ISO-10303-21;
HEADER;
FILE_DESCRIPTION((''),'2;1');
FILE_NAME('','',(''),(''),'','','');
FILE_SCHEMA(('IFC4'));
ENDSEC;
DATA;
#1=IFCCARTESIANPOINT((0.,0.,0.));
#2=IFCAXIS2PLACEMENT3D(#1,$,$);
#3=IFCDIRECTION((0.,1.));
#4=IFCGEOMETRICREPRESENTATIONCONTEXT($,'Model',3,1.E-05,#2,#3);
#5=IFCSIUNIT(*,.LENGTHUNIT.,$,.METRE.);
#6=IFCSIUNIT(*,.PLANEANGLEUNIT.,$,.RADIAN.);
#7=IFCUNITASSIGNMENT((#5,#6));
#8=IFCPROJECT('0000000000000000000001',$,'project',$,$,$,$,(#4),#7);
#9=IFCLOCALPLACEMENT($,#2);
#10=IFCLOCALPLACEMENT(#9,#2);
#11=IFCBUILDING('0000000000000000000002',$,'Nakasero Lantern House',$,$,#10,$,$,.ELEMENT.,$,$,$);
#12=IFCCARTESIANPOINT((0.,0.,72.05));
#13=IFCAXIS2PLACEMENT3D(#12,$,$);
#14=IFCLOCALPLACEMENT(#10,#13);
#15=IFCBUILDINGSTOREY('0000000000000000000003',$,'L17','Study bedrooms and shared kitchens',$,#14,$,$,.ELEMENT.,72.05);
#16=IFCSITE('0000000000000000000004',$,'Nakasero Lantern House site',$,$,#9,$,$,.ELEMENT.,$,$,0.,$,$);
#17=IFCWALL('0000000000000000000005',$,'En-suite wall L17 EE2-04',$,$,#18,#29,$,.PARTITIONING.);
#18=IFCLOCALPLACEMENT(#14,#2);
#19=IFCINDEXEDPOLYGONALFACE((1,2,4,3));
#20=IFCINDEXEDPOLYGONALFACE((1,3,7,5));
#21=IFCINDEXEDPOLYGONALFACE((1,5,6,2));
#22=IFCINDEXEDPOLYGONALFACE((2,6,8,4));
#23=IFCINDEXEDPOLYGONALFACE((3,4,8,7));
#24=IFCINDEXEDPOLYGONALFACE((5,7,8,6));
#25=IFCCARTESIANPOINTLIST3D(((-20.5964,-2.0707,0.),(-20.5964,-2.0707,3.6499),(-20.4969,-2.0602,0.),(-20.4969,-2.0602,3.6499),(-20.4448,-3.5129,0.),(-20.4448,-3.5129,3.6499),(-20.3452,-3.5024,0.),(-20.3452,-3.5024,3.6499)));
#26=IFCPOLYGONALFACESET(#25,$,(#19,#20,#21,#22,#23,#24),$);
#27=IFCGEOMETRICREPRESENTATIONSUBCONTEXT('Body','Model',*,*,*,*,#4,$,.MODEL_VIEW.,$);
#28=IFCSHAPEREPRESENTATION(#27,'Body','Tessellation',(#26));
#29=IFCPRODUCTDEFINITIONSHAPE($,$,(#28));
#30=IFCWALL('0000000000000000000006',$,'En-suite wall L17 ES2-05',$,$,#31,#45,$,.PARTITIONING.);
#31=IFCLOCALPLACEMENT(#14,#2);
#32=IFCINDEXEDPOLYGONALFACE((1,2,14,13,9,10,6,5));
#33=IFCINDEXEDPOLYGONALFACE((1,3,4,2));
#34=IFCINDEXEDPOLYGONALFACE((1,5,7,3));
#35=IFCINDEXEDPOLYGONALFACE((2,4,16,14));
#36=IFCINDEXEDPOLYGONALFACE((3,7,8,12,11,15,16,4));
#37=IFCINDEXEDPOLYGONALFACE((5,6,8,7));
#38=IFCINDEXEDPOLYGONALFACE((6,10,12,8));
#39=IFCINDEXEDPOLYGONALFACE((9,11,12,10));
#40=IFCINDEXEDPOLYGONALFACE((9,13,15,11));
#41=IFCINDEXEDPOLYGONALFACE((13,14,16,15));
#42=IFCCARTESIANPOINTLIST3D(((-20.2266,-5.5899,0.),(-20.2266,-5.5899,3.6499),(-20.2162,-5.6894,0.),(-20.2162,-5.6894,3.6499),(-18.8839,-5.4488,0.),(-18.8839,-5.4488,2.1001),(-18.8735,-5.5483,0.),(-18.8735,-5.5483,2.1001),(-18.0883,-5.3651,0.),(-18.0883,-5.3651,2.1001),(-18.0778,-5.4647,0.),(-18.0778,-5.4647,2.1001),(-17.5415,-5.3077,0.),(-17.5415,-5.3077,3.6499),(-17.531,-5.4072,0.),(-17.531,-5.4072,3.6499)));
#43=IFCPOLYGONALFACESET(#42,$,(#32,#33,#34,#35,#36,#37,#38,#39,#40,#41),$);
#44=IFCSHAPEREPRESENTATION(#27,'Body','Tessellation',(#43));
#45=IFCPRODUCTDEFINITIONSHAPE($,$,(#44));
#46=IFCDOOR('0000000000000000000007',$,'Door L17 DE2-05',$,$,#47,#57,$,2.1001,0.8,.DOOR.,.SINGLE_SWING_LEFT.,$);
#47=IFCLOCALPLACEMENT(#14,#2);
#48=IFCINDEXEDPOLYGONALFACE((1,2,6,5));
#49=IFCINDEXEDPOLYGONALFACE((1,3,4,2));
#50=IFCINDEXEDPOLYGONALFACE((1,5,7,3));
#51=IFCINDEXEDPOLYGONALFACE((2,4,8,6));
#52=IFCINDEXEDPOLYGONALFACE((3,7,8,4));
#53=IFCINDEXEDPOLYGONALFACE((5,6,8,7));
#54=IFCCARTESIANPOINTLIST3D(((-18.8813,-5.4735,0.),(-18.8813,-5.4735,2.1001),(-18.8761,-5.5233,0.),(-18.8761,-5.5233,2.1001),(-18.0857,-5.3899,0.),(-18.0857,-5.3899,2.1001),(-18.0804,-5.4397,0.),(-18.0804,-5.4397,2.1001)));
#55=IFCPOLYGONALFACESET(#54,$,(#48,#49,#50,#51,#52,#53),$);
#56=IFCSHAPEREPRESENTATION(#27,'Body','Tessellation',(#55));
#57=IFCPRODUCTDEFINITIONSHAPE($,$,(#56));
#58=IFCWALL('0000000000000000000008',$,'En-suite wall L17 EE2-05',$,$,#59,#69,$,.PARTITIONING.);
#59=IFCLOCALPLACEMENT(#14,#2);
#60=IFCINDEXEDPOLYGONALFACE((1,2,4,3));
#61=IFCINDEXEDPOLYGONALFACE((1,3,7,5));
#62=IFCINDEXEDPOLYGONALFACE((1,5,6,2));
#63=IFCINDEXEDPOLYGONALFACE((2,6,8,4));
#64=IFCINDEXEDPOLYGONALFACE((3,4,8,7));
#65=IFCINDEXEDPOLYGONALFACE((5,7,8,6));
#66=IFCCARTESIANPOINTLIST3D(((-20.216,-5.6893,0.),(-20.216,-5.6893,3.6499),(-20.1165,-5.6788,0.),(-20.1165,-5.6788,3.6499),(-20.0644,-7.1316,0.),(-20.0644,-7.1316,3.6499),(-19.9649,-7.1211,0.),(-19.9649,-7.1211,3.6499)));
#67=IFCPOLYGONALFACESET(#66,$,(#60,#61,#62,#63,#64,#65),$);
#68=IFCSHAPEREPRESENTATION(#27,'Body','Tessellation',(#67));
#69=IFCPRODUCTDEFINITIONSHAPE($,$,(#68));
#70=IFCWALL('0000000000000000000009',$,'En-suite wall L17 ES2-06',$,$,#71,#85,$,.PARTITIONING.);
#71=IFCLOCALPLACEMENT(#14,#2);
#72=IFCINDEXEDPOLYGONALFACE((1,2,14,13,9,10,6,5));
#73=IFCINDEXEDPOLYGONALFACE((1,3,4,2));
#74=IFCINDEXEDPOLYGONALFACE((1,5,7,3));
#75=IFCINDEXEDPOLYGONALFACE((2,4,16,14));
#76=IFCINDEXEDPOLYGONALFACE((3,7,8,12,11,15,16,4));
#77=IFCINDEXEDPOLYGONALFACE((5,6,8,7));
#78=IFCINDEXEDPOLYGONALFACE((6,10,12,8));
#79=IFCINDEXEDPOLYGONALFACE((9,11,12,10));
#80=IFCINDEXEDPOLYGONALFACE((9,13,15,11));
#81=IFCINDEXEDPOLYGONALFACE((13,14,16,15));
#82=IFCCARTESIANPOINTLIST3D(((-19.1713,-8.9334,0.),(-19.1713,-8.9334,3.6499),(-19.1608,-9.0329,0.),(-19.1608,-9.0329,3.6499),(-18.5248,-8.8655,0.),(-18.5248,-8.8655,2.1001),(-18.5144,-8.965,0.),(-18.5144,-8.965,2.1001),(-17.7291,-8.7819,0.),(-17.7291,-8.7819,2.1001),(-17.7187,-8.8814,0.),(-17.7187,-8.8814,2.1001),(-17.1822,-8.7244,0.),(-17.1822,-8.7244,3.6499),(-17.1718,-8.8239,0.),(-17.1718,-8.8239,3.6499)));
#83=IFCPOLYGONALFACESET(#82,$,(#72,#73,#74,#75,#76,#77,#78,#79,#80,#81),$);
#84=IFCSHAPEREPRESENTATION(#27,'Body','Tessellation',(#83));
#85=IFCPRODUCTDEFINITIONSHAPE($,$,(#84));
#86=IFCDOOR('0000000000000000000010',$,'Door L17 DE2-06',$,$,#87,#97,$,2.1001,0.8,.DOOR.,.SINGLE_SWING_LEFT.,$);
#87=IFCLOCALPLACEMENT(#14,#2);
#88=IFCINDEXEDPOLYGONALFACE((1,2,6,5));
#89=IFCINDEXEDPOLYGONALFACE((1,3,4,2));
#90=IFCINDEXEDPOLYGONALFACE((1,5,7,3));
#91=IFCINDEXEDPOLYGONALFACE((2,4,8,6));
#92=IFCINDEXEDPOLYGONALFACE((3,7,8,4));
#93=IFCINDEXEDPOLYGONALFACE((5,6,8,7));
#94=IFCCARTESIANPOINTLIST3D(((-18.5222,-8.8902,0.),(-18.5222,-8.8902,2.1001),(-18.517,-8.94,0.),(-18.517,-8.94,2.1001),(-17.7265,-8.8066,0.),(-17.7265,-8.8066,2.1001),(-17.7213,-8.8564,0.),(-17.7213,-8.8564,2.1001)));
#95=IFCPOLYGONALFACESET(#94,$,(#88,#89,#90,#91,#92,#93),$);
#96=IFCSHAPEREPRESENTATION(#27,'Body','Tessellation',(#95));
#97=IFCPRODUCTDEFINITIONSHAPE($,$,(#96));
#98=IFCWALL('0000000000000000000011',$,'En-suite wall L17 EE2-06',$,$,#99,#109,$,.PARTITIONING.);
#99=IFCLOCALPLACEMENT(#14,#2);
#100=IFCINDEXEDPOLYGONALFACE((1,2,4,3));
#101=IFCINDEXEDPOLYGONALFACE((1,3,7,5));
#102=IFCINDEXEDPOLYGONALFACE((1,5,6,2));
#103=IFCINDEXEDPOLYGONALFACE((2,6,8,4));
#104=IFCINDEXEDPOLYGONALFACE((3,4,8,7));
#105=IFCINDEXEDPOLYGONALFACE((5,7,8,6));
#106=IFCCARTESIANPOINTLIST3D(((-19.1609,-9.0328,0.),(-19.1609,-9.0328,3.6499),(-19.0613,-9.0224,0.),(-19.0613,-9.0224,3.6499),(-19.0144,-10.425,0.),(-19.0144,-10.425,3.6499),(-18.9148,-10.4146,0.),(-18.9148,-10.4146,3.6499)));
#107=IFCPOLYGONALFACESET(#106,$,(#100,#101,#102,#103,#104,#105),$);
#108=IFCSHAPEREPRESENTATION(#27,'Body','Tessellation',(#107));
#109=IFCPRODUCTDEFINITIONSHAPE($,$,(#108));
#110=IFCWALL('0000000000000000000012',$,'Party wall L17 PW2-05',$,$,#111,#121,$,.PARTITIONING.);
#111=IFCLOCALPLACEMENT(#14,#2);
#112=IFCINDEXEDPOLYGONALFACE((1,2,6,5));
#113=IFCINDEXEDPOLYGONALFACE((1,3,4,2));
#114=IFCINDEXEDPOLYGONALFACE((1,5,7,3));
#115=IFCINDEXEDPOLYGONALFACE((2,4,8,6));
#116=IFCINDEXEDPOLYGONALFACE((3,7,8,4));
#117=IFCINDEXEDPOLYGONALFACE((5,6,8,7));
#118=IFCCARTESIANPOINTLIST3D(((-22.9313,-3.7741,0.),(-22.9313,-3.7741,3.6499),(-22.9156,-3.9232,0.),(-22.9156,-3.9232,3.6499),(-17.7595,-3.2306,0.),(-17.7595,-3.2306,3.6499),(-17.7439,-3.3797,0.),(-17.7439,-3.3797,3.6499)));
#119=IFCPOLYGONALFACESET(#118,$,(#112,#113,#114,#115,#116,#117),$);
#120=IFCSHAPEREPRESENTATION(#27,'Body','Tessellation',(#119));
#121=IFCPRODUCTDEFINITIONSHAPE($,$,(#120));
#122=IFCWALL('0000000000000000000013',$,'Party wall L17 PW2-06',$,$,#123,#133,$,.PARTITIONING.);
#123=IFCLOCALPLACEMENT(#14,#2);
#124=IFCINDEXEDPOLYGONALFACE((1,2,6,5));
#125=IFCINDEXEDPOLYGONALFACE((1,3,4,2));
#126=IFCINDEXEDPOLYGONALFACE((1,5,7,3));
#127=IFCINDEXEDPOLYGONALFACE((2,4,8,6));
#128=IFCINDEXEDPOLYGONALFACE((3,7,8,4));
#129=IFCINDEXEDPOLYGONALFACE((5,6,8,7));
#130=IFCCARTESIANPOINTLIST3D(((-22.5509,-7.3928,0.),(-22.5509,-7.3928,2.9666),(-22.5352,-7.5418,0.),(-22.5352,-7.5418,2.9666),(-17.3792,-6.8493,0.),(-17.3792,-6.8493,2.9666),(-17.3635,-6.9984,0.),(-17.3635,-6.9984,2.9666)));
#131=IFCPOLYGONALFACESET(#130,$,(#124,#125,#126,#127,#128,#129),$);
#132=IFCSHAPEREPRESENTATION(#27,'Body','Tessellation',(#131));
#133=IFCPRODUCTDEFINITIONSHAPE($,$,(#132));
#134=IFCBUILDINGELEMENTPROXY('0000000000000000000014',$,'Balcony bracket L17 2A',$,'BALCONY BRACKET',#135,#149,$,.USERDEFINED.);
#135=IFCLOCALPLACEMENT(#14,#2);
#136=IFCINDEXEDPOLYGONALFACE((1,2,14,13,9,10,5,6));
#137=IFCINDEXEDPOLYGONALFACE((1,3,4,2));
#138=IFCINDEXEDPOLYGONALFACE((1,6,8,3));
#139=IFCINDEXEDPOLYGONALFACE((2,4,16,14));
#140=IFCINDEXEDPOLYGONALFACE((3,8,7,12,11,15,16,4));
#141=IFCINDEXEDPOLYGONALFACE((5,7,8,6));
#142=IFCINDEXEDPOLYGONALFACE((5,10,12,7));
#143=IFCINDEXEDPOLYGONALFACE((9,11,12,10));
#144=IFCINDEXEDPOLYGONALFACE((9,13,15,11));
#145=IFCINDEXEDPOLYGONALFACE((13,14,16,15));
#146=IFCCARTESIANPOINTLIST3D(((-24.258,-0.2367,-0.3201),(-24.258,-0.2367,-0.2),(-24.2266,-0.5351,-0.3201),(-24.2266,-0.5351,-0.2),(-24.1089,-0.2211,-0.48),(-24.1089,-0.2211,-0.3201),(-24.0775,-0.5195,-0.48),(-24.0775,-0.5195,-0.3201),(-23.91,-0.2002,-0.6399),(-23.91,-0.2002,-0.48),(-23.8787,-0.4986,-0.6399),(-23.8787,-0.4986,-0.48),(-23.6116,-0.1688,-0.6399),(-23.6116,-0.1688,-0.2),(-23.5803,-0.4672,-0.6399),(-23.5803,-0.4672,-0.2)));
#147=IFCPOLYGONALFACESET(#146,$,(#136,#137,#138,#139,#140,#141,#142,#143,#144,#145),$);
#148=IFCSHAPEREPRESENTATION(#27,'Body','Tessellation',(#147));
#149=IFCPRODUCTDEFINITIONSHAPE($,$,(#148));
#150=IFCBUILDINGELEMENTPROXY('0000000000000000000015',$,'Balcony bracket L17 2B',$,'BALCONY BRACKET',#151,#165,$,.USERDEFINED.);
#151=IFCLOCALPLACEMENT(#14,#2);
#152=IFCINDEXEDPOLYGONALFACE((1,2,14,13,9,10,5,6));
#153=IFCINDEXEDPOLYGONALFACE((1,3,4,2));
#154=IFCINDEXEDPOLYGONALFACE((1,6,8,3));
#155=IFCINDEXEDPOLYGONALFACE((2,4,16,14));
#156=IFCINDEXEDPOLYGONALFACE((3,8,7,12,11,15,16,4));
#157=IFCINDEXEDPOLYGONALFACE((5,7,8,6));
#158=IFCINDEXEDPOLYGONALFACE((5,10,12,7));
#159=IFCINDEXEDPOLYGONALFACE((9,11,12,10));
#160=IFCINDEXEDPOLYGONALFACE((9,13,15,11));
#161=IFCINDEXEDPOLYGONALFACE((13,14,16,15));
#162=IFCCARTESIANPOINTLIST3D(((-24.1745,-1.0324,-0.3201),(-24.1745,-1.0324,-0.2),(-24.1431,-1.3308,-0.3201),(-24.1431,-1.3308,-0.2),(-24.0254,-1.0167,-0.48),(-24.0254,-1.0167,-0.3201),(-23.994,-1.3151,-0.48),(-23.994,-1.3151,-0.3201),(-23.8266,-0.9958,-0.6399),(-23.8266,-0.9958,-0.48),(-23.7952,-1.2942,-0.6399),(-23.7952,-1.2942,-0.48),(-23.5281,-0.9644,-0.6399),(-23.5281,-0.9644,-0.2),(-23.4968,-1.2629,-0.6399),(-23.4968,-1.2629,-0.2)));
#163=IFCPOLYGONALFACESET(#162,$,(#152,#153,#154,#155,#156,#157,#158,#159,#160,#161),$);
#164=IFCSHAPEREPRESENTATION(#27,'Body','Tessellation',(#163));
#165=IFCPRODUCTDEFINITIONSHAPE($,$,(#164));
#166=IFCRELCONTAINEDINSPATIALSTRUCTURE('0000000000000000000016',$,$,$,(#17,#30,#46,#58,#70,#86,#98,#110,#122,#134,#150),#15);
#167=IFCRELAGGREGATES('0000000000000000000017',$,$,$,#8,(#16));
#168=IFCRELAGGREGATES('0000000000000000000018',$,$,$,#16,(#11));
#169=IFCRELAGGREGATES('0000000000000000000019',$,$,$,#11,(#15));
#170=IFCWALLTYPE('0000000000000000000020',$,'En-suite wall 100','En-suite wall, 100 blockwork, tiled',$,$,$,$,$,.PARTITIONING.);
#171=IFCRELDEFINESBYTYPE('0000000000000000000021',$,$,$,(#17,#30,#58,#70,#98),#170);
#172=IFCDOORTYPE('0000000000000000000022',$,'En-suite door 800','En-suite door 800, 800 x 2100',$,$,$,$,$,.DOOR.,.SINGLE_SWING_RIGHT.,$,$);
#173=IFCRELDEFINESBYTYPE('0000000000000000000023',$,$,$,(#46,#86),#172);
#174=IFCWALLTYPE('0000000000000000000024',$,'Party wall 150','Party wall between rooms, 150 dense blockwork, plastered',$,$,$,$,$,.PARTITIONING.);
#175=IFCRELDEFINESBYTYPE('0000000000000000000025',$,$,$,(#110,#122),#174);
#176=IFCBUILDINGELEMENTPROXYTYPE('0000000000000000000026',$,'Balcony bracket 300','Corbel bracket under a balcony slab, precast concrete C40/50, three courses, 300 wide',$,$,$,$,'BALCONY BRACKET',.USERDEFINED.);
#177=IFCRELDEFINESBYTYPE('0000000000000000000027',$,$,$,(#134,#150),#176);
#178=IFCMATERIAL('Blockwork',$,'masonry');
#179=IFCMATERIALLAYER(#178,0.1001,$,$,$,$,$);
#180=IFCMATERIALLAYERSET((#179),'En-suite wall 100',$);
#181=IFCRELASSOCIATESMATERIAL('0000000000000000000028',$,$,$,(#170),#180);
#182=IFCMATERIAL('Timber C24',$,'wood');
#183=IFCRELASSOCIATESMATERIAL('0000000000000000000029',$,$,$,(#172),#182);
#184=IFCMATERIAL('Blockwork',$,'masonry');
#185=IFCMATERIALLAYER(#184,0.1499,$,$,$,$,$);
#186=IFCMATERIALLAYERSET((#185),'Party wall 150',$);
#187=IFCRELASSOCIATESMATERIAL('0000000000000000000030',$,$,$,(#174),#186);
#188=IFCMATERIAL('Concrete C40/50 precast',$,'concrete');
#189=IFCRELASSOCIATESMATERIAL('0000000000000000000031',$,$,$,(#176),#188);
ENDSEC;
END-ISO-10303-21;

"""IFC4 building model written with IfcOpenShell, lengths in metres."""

from ifc_helpers import new_model, si_unit, direction, frame, frame_2d, origin, place, context, subcontext, project, spatial, polyline, rectangle, outline, extrude, material, layer, layer_set, type_object, element, fill, save


model = new_model("IFC4")

# Units and contexts
model_context = context("Model", 3, precision=1e-05, world=origin(), true_north=direction((0.0, 1.0)))
body_context = subcontext(model_context, "Body", "Model", "MODEL_VIEW")
ifc_project = project(units=[si_unit("LENGTHUNIT", "METRE"), si_unit("PLANEANGLEUNIT", "RADIAN")], contexts=[model_context])

# Site, building, storey
site_placement = place(None, origin())
site = spatial("IfcSite", under=ifc_project, at=site_placement, Name="Nakasero Lantern House site", CompositionType="ELEMENT", RefElevation=0.0)
building_placement = place(site_placement, origin())
building = spatial("IfcBuilding", under=site, at=building_placement, Name="Nakasero Lantern House", CompositionType="ELEMENT")
storey_placement = place(building_placement, frame((0.0, 0.0, 72.05)))
storey = spatial("IfcBuildingStorey", under=building, at=storey_placement, Name="L17", Description="Study bedrooms and shared kitchens", CompositionType="ELEMENT", Elevation=72.05)

# Shared definitions
ifc_material_1 = material(Name="Blockwork", Category="masonry")
ifc_layer_1 = layer(ifc_material_1, 0.1001)
ifc_layer_set_1 = layer_set([ifc_layer_1], Name="En-suite wall 100")
wall_type_1 = type_object("IfcWallType", Name="En-suite wall 100", Description="En-suite wall, 100 blockwork, tiled", PredefinedType="PARTITIONING", material=ifc_layer_set_1)
ifc_material_2 = material(Name="Timber C24", Category="wood")
door_type = type_object("IfcDoorType", Name="En-suite door 800", Description="En-suite door 800, 800 x 2100", OperationType="SINGLE_SWING_RIGHT", PredefinedType="DOOR", material=ifc_material_2)

# Wall
wall_1_placement = place(storey_placement, frame((-20.5466, -2.0654, 0.0), z_axis=(0.0, 0.0, 1.0), x_axis=(0.104553, -0.994519, 0.0)))
element("IfcWall", 1, at=wall_1_placement, inside=storey, type_object=wall_type_1, Name="En-suite wall L17 EE2-04", PredefinedType="PARTITIONING", context=body_context, shape_type="SweptSolid", body=[
    extrude(rectangle(XDim=1.4502, YDim=0.1001, at=frame_2d((0.7251, 0.0))), origin(), (0.0, 0.0, 1.0), 3.6499),
])

# Wall, opening, door
wall_2_placement = place(storey_placement, frame((-17.5361, -5.3574, 0.0), z_axis=(0.0, 0.0, 1.0), x_axis=(-0.994521, -0.104534, 0.0)))
wall_2 = element("IfcWall", 2, at=wall_2_placement, inside=storey, type_object=wall_type_1, Name="En-suite wall L17 ES2-05", PredefinedType="PARTITIONING", context=body_context, shape_type="SweptSolid", body=[
    extrude(rectangle(XDim=2.7, YDim=0.1001, at=frame_2d((1.3501, 0.0))), origin(), (0.0, 0.0, 1.0), 3.6499),
])
opening_1_placement = place(wall_2_placement, frame((0.55, 0.0, 0.0)))
opening_1 = element("IfcOpeningElement", 3, at=opening_1_placement, cuts=wall_2, PredefinedType="OPENING", context=body_context, shape_type="SweptSolid", body=[
    extrude(rectangle(XDim=0.8, YDim=2.1001, at=frame_2d((0.3999, 1.05))), frame((0.0, 0.0701, 0.0), z_axis=(0.0, -1.0, 0.0), x_axis=(1.0, 0.0, 0.0)), (0.0, 0.0, 1.0), 0.1401),
])
door_1_placement = place(opening_1_placement, origin())
door_1 = element("IfcDoor", 4, at=door_1_placement, inside=storey, type_object=door_type, Name="Door L17 DE2-05", OperationType="SINGLE_SWING_LEFT", OverallHeight=2.1001, OverallWidth=0.8, PredefinedType="DOOR", context=body_context, shape_type="SweptSolid", body=[
    extrude(rectangle(XDim=0.8, YDim=2.1001, at=frame_2d((0.3999, 1.05))), frame((0.0, 0.0249, 0.0), z_axis=(0.0, -1.0, 0.0), x_axis=(1.0, 0.0, 0.0)), (0.0, 0.0, 1.0), 0.05),
])
fill(opening_1, door_1)

# Wall
wall_3_placement = place(storey_placement, frame((-20.1663, -5.6841, 0.0), z_axis=(0.0, 0.0, 1.0), x_axis=(0.104553, -0.994519, 0.0)))
element("IfcWall", 5, at=wall_3_placement, inside=storey, type_object=wall_type_1, Name="En-suite wall L17 EE2-05", PredefinedType="PARTITIONING", context=body_context, shape_type="SweptSolid", body=[
    extrude(rectangle(XDim=1.4502, YDim=0.1001, at=frame_2d((0.7251, 0.0))), origin(), (0.0, 0.0, 1.0), 3.6499),
])

# Wall, opening, door
wall_4_placement = place(storey_placement, frame((-17.177, -8.7742, 0.0), z_axis=(0.0, 0.0, 1.0), x_axis=(-0.994526, -0.104494, 0.0)))
wall_4 = element("IfcWall", 6, at=wall_4_placement, inside=storey, type_object=wall_type_1, Name="En-suite wall L17 ES2-06", PredefinedType="PARTITIONING", context=body_context, shape_type="SweptSolid", body=[
    extrude(rectangle(XDim=2.0, YDim=0.1001, at=frame_2d((1.0, 0.0))), origin(), (0.0, 0.0, 1.0), 3.6499),
])
opening_2_placement = place(wall_4_placement, frame((0.55, 0.0, 0.0)))
opening_2 = element("IfcOpeningElement", 7, at=opening_2_placement, cuts=wall_4, PredefinedType="OPENING", context=body_context, shape_type="SweptSolid", body=[
    extrude(rectangle(XDim=0.8, YDim=2.1001, at=frame_2d((0.3999, 1.05))), frame((0.0, 0.0701, 0.0), z_axis=(0.0, -1.0, 0.0), x_axis=(1.0, 0.0, 0.0)), (0.0, 0.0, 1.0), 0.1401),
])
door_2_placement = place(opening_2_placement, origin())
door_2 = element("IfcDoor", 8, at=door_2_placement, inside=storey, type_object=door_type, Name="Door L17 DE2-06", OperationType="SINGLE_SWING_LEFT", OverallHeight=2.1001, OverallWidth=0.8, PredefinedType="DOOR", context=body_context, shape_type="SweptSolid", body=[
    extrude(rectangle(XDim=0.8, YDim=2.1001, at=frame_2d((0.3999, 1.05))), frame((0.0, 0.0249, 0.0), z_axis=(0.0, -1.0, 0.0), x_axis=(1.0, 0.0, 0.0)), (0.0, 0.0, 1.0), 0.05),
])
fill(opening_2, door_2)

# Walls
wall_5_placement = place(storey_placement, frame((-19.1111, -9.0276, 0.0), z_axis=(0.0, 0.0, 1.0), x_axis=(0.10463, -0.994511, 0.0)))
element("IfcWall", 9, at=wall_5_placement, inside=storey, type_object=wall_type_1, Name="En-suite wall L17 EE2-06", PredefinedType="PARTITIONING", context=body_context, shape_type="SweptSolid", body=[
    extrude(rectangle(XDim=1.3999, YDim=0.1001, at=frame_2d((0.7, 0.0))), origin(), (0.0, 0.0, 1.0), 3.6499),
])
ifc_material_3 = material(Name="Blockwork", Category="masonry")
ifc_layer_2 = layer(ifc_material_3, 0.1499)
ifc_layer_set_2 = layer_set([ifc_layer_2], Name="Party wall 150")
wall_type_2 = type_object("IfcWallType", Name="Party wall 150", Description="Party wall between rooms, 150 dense blockwork, plastered", PredefinedType="PARTITIONING", material=ifc_layer_set_2)
wall_6_placement = place(storey_placement, frame((-17.7517, -3.3052, 0.0), z_axis=(0.0, 0.0, 1.0), x_axis=(-0.994524, -0.104509, 0.0)))
element("IfcWall", 10, at=wall_6_placement, inside=storey, type_object=wall_type_2, Name="Party wall L17 PW2-05", PredefinedType="PARTITIONING", context=body_context, shape_type="SweptSolid", body=[
    extrude(rectangle(XDim=5.2002, YDim=0.1499, at=frame_2d((2.6001, 0.0))), origin(), (0.0, 0.0, 1.0), 3.6499),
])
wall_7_placement = place(storey_placement, frame((-17.3713, -6.9238, 0.0), z_axis=(0.0, 0.0, 1.0), x_axis=(-0.994524, -0.104509, 0.0)))
element("IfcWall", 11, at=wall_7_placement, inside=storey, type_object=wall_type_2, Name="Party wall L17 PW2-06", PredefinedType="PARTITIONING", context=body_context, shape_type="SweptSolid", body=[
    extrude(rectangle(XDim=5.2002, YDim=0.1499, at=frame_2d((2.6001, 0.0))), origin(), (0.0, 0.0, 1.0), 2.9666),
])

# Building element proxies
ifc_material_4 = material(Name="Concrete C40/50 precast", Category="concrete")
building_element_proxy_type = type_object("IfcBuildingElementProxyType", Name="Balcony bracket 300", Description="Corbel bracket under a balcony slab, precast concrete C40/50, three courses, 300 wide", ElementType="BALCONY BRACKET", PredefinedType="USERDEFINED", material=ifc_material_4)
for number, where, z_axis, x_axis, name in (
    (12, (-23.5959, -0.3181, -0.2), (0.0, 0.0, 1.0), (-0.994522, -0.104528, 0.0), "Balcony bracket L17 2A"),
    (13, (-23.5125, -1.1138, -0.2), (0.0, 0.0, 1.0), (-0.994522, -0.104528, 0.0), "Balcony bracket L17 2B"),
):
    element("IfcBuildingElementProxy", number, at=place(storey_placement, frame(where, z_axis=z_axis, x_axis=x_axis)), inside=storey, type_object=building_element_proxy_type, Name=name, ObjectType="BALCONY BRACKET", PredefinedType="USERDEFINED", context=body_context, shape_type="SweptSolid", body=[
        extrude(outline(polyline([(0.0, 0.0), (0.6499, 0.0), (0.6499, -0.1201), (0.5, -0.1201), (0.5, -0.28), (0.3, -0.28), (0.3, -0.4399), (0.0, -0.4399), (0.0, 0.0)])), frame((0.0, 0.1499, 0.0), z_axis=(0.0, -1.0, 0.0), x_axis=(1.0, 0.0, 0.0)), (0.0, 0.0, 1.0), 0.3),
    ])

save(model, "model.ifc")
